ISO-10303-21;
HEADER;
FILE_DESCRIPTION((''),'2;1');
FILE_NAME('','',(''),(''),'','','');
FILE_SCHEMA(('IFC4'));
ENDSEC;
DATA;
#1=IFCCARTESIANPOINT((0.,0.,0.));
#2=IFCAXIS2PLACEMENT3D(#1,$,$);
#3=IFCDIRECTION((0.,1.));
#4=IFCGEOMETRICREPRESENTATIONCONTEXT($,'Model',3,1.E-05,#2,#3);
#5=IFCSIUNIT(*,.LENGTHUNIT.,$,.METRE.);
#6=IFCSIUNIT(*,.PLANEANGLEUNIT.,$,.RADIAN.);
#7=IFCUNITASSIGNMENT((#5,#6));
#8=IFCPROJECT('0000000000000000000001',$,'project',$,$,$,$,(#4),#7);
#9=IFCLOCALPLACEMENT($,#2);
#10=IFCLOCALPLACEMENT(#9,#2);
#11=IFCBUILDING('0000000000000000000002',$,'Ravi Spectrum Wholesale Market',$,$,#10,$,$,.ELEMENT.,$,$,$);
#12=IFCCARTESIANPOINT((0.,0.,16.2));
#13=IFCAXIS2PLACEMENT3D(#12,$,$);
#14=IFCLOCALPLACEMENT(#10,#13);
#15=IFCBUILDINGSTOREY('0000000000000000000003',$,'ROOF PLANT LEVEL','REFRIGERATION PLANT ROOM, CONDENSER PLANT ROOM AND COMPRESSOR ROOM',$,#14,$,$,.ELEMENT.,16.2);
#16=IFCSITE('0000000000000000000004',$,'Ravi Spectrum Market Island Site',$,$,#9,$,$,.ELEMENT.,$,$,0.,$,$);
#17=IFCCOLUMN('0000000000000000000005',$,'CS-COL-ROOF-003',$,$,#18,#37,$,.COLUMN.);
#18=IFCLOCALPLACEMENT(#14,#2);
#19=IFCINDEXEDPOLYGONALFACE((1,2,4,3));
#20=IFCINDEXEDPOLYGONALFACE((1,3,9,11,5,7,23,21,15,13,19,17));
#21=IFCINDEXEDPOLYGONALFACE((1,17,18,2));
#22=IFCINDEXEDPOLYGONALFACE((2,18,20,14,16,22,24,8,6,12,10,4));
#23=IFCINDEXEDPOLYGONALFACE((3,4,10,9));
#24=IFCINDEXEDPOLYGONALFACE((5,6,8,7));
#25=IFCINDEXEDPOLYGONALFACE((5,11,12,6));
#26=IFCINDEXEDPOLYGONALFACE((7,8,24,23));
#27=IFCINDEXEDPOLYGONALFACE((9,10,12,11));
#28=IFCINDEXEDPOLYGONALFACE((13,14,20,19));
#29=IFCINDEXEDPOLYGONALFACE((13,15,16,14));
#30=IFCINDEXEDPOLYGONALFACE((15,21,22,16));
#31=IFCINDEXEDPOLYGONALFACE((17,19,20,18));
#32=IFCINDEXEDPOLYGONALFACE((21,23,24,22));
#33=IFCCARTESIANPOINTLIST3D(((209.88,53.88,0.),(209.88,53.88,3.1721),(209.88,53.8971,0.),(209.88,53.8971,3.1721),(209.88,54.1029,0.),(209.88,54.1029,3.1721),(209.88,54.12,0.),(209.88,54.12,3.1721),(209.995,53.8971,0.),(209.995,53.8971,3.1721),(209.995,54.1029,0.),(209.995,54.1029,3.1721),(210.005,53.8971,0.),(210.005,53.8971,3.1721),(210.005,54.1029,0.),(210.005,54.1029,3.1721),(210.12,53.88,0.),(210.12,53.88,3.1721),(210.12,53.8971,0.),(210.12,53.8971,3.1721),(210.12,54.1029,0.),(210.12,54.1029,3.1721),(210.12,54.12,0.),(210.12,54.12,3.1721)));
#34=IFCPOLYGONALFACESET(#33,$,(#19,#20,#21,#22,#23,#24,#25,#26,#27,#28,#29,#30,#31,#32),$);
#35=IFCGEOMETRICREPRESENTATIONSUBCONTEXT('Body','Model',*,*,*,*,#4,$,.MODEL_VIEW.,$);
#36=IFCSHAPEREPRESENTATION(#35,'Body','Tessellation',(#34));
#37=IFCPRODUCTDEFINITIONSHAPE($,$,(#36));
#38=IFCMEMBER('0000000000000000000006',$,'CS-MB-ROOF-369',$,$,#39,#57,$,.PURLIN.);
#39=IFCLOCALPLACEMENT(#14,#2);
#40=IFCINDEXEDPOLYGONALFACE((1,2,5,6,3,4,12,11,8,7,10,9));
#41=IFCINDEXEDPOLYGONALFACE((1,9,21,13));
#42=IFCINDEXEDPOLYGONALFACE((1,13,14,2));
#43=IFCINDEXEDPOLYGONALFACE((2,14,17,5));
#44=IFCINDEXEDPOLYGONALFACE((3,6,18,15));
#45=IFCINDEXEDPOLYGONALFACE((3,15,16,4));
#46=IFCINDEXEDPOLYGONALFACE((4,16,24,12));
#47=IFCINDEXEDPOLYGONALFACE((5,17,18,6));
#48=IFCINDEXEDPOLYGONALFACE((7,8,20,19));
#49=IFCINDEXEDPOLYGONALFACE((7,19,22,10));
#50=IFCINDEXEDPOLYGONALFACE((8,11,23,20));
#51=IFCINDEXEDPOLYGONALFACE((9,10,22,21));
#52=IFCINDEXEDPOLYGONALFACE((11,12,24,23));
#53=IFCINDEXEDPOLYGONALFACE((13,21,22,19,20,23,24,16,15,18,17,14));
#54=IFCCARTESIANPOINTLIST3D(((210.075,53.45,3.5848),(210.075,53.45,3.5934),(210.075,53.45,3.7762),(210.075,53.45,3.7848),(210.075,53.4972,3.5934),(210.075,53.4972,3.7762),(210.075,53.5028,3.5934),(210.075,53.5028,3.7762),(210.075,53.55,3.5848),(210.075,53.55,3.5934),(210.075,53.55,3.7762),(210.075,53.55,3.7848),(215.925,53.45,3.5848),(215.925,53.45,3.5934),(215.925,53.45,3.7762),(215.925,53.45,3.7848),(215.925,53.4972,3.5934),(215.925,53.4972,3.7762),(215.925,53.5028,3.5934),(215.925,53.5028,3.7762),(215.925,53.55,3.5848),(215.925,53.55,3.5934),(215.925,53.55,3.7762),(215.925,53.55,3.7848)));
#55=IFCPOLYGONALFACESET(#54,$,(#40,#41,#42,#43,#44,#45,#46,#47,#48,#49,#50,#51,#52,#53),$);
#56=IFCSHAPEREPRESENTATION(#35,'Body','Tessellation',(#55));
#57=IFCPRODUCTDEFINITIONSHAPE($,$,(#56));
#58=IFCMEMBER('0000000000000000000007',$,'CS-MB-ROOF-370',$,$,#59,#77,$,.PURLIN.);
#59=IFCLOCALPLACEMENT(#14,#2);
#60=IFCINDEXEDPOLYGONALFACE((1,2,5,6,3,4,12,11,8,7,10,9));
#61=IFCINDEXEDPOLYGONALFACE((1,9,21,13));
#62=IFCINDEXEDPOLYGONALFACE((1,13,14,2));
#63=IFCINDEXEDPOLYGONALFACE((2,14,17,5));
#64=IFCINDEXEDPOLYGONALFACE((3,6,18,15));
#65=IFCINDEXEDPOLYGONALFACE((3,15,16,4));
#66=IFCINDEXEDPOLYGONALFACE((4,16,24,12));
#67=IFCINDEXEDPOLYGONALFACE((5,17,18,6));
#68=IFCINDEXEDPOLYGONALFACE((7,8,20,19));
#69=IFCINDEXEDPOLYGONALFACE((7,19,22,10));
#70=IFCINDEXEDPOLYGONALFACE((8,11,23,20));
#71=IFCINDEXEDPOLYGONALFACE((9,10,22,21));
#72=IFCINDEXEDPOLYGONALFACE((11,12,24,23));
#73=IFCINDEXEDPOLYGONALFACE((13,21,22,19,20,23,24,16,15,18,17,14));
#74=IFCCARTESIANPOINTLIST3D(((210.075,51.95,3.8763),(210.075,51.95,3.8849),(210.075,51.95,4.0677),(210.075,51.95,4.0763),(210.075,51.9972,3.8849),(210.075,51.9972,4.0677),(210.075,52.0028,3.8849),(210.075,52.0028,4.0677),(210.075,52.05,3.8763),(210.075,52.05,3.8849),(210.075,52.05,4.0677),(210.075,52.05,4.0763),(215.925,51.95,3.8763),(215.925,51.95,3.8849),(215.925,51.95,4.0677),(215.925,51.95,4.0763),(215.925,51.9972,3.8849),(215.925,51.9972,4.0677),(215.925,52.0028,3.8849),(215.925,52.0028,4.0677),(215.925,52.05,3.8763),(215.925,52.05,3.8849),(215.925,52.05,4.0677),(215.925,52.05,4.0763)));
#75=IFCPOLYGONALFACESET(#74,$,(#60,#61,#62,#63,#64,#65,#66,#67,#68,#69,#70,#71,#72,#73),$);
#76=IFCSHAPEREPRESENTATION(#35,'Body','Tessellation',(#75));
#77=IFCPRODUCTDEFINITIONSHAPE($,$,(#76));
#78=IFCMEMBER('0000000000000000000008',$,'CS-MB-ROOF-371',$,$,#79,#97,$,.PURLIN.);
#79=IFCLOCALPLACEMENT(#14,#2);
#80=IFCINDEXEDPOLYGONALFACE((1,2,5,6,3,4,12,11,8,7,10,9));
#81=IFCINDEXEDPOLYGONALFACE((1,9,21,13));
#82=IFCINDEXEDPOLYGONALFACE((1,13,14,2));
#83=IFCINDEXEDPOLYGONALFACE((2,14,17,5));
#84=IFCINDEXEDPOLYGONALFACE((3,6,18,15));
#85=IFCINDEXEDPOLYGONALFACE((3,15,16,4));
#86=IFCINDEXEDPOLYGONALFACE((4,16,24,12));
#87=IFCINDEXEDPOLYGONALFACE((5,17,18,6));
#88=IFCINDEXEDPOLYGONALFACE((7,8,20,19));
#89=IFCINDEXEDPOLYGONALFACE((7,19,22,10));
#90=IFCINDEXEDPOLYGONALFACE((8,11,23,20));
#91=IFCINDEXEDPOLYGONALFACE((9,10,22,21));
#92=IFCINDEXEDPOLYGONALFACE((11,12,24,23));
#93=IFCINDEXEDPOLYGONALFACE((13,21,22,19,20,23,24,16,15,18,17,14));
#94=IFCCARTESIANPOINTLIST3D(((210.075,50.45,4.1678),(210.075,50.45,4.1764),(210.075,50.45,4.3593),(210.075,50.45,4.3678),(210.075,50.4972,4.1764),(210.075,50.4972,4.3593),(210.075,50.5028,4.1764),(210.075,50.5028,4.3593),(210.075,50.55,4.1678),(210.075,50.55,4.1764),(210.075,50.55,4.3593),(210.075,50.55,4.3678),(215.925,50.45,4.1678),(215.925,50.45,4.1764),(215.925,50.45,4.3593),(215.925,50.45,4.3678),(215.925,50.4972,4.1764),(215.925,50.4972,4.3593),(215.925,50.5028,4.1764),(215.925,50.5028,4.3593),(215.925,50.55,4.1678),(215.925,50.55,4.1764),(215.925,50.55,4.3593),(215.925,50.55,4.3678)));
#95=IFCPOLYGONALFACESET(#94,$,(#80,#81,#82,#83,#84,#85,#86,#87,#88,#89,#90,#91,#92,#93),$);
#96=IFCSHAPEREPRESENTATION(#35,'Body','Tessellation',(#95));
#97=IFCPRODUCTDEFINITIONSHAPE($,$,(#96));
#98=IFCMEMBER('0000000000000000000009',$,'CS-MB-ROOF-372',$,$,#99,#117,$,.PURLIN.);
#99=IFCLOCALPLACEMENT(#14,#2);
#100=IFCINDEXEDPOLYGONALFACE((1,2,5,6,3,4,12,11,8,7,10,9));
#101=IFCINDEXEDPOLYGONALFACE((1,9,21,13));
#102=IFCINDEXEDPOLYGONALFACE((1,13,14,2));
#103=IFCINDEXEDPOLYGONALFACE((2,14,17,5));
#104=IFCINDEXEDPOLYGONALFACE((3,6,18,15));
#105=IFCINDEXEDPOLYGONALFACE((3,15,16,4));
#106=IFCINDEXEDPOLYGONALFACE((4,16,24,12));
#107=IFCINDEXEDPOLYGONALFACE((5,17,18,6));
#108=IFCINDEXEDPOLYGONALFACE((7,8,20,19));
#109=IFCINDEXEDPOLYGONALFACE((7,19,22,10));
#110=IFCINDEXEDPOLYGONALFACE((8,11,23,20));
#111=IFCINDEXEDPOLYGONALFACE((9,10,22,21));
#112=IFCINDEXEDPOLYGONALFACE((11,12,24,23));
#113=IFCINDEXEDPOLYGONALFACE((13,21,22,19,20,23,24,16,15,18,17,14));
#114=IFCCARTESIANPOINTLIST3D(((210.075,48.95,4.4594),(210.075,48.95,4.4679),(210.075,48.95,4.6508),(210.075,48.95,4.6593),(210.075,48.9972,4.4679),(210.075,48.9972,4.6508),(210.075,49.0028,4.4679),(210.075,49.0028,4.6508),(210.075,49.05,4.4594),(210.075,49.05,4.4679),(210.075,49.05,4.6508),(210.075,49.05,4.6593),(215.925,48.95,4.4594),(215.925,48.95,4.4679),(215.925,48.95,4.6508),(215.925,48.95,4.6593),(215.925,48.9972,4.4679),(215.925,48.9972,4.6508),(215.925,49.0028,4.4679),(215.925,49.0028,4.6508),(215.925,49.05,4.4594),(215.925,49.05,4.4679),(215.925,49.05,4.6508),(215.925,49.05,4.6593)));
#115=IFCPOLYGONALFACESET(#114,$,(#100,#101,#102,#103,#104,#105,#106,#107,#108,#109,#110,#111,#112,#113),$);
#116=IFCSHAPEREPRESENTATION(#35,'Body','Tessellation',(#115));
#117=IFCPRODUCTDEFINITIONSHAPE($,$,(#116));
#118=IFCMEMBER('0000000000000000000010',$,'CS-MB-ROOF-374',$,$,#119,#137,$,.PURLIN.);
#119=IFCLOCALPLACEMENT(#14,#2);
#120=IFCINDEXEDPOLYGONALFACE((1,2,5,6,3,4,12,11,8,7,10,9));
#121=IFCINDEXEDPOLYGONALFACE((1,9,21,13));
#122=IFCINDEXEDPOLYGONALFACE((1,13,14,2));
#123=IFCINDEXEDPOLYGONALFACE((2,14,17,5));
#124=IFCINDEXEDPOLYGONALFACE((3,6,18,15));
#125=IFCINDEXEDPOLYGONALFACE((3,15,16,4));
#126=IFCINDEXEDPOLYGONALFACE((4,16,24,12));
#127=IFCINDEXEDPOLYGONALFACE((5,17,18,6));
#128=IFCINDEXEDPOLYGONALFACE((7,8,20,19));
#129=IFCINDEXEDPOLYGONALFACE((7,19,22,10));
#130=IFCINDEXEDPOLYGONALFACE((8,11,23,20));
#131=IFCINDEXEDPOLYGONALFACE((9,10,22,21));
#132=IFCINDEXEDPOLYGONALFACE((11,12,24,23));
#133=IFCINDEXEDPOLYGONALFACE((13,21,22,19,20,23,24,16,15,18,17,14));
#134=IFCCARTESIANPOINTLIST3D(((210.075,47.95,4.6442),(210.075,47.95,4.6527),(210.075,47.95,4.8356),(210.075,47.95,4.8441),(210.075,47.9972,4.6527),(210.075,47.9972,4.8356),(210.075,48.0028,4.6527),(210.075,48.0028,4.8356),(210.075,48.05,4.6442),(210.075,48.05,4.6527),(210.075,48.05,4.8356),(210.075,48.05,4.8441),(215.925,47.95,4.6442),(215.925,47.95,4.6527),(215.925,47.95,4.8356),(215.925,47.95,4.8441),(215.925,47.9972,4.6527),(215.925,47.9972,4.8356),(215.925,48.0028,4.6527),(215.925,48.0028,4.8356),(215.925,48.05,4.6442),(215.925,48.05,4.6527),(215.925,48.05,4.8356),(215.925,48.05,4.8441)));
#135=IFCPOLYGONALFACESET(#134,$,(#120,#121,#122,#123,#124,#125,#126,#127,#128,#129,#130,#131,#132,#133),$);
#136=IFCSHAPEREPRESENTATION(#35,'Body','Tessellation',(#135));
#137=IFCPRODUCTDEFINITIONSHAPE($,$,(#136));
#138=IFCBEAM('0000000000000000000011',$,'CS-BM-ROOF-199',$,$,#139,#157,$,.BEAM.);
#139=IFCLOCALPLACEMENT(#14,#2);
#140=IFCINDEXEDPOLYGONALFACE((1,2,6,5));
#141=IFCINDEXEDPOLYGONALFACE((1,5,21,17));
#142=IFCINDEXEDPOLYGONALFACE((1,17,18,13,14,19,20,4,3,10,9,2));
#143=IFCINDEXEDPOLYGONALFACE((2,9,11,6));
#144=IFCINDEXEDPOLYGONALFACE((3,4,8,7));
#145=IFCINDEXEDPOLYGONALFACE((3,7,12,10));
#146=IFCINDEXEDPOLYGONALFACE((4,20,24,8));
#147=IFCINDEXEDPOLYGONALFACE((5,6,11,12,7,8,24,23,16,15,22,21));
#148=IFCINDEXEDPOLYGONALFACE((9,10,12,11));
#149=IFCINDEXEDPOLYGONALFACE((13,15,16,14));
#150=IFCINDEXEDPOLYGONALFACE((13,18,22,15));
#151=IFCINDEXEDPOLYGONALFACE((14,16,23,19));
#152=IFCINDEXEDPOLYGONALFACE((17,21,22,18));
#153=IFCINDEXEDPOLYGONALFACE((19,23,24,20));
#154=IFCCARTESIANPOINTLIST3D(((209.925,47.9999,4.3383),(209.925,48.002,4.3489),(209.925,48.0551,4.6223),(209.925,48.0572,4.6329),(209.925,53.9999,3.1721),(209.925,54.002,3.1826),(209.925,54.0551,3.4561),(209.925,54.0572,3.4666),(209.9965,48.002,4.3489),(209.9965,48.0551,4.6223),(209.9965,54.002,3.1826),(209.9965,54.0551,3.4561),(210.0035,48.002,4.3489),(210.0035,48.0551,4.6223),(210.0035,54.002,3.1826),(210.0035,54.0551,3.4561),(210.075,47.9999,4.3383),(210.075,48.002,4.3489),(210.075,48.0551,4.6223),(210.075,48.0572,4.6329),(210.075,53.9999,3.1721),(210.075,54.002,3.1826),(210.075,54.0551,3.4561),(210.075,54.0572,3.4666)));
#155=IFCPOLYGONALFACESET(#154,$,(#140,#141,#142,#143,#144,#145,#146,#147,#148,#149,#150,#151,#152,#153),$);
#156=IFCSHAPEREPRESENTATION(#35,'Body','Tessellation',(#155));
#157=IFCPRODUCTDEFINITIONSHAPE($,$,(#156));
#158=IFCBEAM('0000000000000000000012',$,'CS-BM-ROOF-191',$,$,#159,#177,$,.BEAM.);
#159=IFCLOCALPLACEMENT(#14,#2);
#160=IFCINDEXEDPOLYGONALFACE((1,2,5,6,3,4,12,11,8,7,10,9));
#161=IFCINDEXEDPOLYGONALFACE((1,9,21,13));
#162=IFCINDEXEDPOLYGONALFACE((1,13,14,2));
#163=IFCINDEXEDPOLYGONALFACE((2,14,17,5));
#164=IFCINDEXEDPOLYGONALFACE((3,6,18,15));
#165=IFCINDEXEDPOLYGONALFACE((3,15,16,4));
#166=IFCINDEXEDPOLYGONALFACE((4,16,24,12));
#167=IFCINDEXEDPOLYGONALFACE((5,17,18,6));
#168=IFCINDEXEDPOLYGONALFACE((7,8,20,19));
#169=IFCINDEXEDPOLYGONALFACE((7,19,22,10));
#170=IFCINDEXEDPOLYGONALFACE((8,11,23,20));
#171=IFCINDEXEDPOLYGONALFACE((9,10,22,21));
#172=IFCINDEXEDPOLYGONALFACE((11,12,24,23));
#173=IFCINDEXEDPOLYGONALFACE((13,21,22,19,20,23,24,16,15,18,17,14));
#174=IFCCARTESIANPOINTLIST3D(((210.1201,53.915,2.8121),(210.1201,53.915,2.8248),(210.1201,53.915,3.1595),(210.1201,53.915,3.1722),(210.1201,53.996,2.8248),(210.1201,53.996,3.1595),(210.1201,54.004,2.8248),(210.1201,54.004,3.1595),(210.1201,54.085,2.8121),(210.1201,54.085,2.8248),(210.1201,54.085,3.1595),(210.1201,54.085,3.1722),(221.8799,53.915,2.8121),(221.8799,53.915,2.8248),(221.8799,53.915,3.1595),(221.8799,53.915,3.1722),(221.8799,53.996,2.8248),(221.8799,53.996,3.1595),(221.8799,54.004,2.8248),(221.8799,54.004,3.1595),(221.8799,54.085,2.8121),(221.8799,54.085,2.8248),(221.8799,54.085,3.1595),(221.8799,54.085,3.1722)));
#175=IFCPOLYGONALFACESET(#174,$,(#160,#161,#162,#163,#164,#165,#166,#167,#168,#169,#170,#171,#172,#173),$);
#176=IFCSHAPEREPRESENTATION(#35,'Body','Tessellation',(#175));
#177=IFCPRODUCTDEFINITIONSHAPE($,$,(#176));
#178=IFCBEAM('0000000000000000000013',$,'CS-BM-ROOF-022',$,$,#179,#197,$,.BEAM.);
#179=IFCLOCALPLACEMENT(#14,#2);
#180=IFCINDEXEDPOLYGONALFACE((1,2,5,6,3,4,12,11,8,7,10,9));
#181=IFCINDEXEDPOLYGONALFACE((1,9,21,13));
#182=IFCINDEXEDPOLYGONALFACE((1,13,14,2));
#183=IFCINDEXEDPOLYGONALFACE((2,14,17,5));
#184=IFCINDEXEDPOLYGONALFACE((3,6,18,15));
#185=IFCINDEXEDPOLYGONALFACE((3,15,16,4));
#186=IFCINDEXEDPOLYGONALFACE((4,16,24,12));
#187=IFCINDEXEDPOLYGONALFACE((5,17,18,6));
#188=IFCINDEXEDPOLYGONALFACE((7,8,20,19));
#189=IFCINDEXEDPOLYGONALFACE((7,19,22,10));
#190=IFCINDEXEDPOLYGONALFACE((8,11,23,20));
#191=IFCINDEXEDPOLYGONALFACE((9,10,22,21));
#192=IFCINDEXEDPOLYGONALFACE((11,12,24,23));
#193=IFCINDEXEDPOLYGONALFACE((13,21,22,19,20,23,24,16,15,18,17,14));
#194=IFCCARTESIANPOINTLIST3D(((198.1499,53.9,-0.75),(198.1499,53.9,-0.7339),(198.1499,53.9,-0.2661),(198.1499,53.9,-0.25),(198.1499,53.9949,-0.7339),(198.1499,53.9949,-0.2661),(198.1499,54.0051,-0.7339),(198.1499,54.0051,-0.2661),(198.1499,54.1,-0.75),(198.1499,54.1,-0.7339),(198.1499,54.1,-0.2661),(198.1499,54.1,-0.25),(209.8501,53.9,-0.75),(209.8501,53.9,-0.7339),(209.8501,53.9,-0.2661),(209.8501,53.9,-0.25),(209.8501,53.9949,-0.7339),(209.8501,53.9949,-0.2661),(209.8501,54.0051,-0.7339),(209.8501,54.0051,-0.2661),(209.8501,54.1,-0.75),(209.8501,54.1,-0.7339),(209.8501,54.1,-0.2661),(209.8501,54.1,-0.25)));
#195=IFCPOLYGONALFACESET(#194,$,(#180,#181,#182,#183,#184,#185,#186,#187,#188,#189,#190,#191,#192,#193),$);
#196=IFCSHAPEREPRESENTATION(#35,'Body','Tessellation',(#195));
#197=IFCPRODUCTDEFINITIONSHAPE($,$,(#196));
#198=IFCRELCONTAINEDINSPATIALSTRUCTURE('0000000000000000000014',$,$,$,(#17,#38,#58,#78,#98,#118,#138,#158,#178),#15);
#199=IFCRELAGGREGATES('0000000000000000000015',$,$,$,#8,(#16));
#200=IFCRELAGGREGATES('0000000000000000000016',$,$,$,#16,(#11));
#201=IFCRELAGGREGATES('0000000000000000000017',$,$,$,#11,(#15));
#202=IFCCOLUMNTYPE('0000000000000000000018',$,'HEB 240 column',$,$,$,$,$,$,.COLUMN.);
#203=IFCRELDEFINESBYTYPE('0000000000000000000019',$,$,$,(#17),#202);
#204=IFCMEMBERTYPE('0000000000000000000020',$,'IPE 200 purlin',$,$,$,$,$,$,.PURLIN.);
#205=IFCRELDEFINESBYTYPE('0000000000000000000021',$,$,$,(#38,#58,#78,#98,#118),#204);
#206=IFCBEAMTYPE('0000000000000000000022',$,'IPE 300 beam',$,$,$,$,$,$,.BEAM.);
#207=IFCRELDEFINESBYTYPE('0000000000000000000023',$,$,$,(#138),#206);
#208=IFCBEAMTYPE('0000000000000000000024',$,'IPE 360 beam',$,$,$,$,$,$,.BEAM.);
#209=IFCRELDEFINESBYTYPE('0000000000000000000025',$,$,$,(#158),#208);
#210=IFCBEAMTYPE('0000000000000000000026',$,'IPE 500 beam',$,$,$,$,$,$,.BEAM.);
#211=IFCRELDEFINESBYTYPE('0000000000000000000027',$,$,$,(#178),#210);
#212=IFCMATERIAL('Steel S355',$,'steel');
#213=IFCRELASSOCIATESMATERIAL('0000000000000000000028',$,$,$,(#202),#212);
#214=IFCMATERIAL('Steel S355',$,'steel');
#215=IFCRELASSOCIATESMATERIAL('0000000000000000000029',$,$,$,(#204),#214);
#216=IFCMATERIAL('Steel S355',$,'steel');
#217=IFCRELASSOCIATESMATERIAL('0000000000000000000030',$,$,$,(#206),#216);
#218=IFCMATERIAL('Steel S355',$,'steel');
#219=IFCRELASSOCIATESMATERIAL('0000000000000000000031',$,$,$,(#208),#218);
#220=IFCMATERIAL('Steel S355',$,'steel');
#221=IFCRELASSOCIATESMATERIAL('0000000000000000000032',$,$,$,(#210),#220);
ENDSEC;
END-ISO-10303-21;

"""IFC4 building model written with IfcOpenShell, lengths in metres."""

from ifc_helpers import new_model, si_unit, direction, frame, origin, origin_2d, place, context, subcontext, project, spatial, i_section, extrude, material, material_profile, profile_set, type_object, element, save


model = new_model("IFC4")

# Units and contexts
model_context = context("Model", 3, precision=1e-05, world=origin(), true_north=direction((0.0, 1.0)))
body_context = subcontext(model_context, "Body", "Model", "MODEL_VIEW")
ifc_project = project(units=[si_unit("LENGTHUNIT", "METRE"), si_unit("PLANEANGLEUNIT", "RADIAN")], contexts=[model_context])

# Site, building, storey
site_placement = place(None, origin())
site = spatial("IfcSite", under=ifc_project, at=site_placement, Name="Ravi Spectrum Market Island Site", CompositionType="ELEMENT", RefElevation=0.0)
building_placement = place(site_placement, origin())
building = spatial("IfcBuilding", under=site, at=building_placement, Name="Ravi Spectrum Wholesale Market", CompositionType="ELEMENT")
storey_placement = place(building_placement, frame((0.0, 0.0, 16.2)))
storey = spatial("IfcBuildingStorey", under=building, at=storey_placement, Name="ROOF PLANT LEVEL", Description="REFRIGERATION PLANT ROOM, CONDENSER PLANT ROOM AND COMPRESSOR ROOM", CompositionType="ELEMENT", Elevation=16.2)

# Column
ifc_material_1 = material(Name="Steel S355", Category="steel")
ifc_material_profile_1 = material_profile(ifc_material_1, i_section(OverallWidth=0.24, OverallDepth=0.24, WebThickness=0.01, FlangeThickness=0.0171, at=origin_2d()))
ifc_profile_set_1 = profile_set([ifc_material_profile_1], Name="Steel S355")
column_type = type_object("IfcColumnType", Name="HEB 240 column", PredefinedType="COLUMN", material=ifc_profile_set_1)
column_placement = place(storey_placement, frame((210.0, 54.0, 0.0), z_axis=(0.0, 0.0, 1.0), x_axis=(1.0, 0.0, 0.0)))
element("IfcColumn", 1, at=column_placement, inside=storey, type_object=column_type, Name="CS-COL-ROOF-003", PredefinedType="COLUMN", context=body_context, shape_type="SweptSolid", body=[
    extrude(i_section(OverallWidth=0.24, OverallDepth=0.24, WebThickness=0.01, FlangeThickness=0.0171, at=origin_2d()), origin(), (0.0, 0.0, 1.0), 3.1721),
])

# Members
ifc_material_2 = material(Name="Steel S355", Category="steel")
ifc_material_profile_2 = material_profile(ifc_material_2, i_section(OverallWidth=0.1001, OverallDepth=0.2, WebThickness=0.0056, FlangeThickness=0.0085, at=origin_2d()))
ifc_profile_set_2 = profile_set([ifc_material_profile_2], Name="Steel S355")
member_type = type_object("IfcMemberType", Name="IPE 200 purlin", PredefinedType="PURLIN", material=ifc_profile_set_2)
for number, where, z_axis, x_axis, name in (
    (2, (210.075, 53.5, 3.6848), (1.0, 0.0, 0.0), (0.0, 1.0, 0.0), "CS-MB-ROOF-369"),
    (3, (210.075, 52.0, 3.9763), (1.0, 0.0, 0.0), (0.0, 1.0, 0.0), "CS-MB-ROOF-370"),
    (4, (210.075, 50.5, 4.2678), (1.0, 0.0, 0.0), (0.0, 1.0, 0.0), "CS-MB-ROOF-371"),
    (5, (210.075, 49.0, 4.5593), (1.0, 0.0, 0.0), (0.0, 1.0, 0.0), "CS-MB-ROOF-372"),
    (6, (210.075, 48.0, 4.7441), (1.0, 0.0, 0.0), (0.0, 1.0, 0.0), "CS-MB-ROOF-374"),
):
    element("IfcMember", number, at=place(storey_placement, frame(where, z_axis=z_axis, x_axis=x_axis)), inside=storey, type_object=member_type, Name=name, PredefinedType="PURLIN", context=body_context, shape_type="SweptSolid", body=[
        extrude(i_section(OverallWidth=0.1001, OverallDepth=0.2, WebThickness=0.0056, FlangeThickness=0.0085, at=origin_2d()), origin(), (0.0, 0.0, 1.0), 5.8501),
    ])

# Beams
ifc_material_3 = material(Name="Steel S355", Category="steel")
ifc_material_profile_3 = material_profile(ifc_material_3, i_section(OverallWidth=0.1499, OverallDepth=0.3, WebThickness=0.0071, FlangeThickness=0.0107, at=origin_2d()))
ifc_profile_set_3 = profile_set([ifc_material_profile_3], Name="Steel S355")
beam_type_1 = type_object("IfcBeamType", Name="IPE 300 beam", PredefinedType="BEAM", material=ifc_profile_set_3)
beam_1_placement = place(storey_placement, frame((210.0, 54.0286, 3.3193), z_axis=(0.0, -0.981628, 0.190806), x_axis=(1.0, 0.0, 0.0)))
element("IfcBeam", 7, at=beam_1_placement, inside=storey, type_object=beam_type_1, Name="CS-BM-ROOF-199", PredefinedType="BEAM", context=body_context, shape_type="SweptSolid", body=[
    extrude(i_section(OverallWidth=0.1499, OverallDepth=0.3, WebThickness=0.0071, FlangeThickness=0.0107, at=origin_2d()), origin(), (0.0, 0.0, 1.0), 6.1123),
])
ifc_material_4 = material(Name="Steel S355", Category="steel")
ifc_material_profile_4 = material_profile(ifc_material_4, i_section(OverallWidth=0.1699, OverallDepth=0.3601, WebThickness=0.0081, FlangeThickness=0.0127, at=origin_2d()))
ifc_profile_set_4 = profile_set([ifc_material_profile_4], Name="Steel S355")
beam_type_2 = type_object("IfcBeamType", Name="IPE 360 beam", PredefinedType="BEAM", material=ifc_profile_set_4)
beam_2_placement = place(storey_placement, frame((210.1201, 54.0, 2.9922), z_axis=(1.0, 0.0, 0.0), x_axis=(0.0, 1.0, 0.0)))
element("IfcBeam", 8, at=beam_2_placement, inside=storey, type_object=beam_type_2, Name="CS-BM-ROOF-191", PredefinedType="BEAM", context=body_context, shape_type="SweptSolid", body=[
    extrude(i_section(OverallWidth=0.1699, OverallDepth=0.3601, WebThickness=0.0081, FlangeThickness=0.0127, at=origin_2d()), origin(), (0.0, 0.0, 1.0), 11.7598),
])
ifc_material_5 = material(Name="Steel S355", Category="steel")
ifc_material_profile_5 = material_profile(ifc_material_5, i_section(OverallWidth=0.2, OverallDepth=0.5, WebThickness=0.0103, FlangeThickness=0.0161, at=origin_2d()))
ifc_profile_set_5 = profile_set([ifc_material_profile_5], Name="Steel S355")
beam_type_3 = type_object("IfcBeamType", Name="IPE 500 beam", PredefinedType="BEAM", material=ifc_profile_set_5)
beam_3_placement = place(storey_placement, frame((198.1499, 54.0, -0.5), z_axis=(1.0, 0.0, 0.0), x_axis=(0.0, 1.0, 0.0)))
element("IfcBeam", 9, at=beam_3_placement, inside=storey, type_object=beam_type_3, Name="CS-BM-ROOF-022", PredefinedType="BEAM", context=body_context, shape_type="SweptSolid", body=[
    extrude(i_section(OverallWidth=0.2, OverallDepth=0.5, WebThickness=0.0103, FlangeThickness=0.0161, at=origin_2d()), origin(), (0.0, 0.0, 1.0), 11.7002),
])

save(model, "model.ifc")
